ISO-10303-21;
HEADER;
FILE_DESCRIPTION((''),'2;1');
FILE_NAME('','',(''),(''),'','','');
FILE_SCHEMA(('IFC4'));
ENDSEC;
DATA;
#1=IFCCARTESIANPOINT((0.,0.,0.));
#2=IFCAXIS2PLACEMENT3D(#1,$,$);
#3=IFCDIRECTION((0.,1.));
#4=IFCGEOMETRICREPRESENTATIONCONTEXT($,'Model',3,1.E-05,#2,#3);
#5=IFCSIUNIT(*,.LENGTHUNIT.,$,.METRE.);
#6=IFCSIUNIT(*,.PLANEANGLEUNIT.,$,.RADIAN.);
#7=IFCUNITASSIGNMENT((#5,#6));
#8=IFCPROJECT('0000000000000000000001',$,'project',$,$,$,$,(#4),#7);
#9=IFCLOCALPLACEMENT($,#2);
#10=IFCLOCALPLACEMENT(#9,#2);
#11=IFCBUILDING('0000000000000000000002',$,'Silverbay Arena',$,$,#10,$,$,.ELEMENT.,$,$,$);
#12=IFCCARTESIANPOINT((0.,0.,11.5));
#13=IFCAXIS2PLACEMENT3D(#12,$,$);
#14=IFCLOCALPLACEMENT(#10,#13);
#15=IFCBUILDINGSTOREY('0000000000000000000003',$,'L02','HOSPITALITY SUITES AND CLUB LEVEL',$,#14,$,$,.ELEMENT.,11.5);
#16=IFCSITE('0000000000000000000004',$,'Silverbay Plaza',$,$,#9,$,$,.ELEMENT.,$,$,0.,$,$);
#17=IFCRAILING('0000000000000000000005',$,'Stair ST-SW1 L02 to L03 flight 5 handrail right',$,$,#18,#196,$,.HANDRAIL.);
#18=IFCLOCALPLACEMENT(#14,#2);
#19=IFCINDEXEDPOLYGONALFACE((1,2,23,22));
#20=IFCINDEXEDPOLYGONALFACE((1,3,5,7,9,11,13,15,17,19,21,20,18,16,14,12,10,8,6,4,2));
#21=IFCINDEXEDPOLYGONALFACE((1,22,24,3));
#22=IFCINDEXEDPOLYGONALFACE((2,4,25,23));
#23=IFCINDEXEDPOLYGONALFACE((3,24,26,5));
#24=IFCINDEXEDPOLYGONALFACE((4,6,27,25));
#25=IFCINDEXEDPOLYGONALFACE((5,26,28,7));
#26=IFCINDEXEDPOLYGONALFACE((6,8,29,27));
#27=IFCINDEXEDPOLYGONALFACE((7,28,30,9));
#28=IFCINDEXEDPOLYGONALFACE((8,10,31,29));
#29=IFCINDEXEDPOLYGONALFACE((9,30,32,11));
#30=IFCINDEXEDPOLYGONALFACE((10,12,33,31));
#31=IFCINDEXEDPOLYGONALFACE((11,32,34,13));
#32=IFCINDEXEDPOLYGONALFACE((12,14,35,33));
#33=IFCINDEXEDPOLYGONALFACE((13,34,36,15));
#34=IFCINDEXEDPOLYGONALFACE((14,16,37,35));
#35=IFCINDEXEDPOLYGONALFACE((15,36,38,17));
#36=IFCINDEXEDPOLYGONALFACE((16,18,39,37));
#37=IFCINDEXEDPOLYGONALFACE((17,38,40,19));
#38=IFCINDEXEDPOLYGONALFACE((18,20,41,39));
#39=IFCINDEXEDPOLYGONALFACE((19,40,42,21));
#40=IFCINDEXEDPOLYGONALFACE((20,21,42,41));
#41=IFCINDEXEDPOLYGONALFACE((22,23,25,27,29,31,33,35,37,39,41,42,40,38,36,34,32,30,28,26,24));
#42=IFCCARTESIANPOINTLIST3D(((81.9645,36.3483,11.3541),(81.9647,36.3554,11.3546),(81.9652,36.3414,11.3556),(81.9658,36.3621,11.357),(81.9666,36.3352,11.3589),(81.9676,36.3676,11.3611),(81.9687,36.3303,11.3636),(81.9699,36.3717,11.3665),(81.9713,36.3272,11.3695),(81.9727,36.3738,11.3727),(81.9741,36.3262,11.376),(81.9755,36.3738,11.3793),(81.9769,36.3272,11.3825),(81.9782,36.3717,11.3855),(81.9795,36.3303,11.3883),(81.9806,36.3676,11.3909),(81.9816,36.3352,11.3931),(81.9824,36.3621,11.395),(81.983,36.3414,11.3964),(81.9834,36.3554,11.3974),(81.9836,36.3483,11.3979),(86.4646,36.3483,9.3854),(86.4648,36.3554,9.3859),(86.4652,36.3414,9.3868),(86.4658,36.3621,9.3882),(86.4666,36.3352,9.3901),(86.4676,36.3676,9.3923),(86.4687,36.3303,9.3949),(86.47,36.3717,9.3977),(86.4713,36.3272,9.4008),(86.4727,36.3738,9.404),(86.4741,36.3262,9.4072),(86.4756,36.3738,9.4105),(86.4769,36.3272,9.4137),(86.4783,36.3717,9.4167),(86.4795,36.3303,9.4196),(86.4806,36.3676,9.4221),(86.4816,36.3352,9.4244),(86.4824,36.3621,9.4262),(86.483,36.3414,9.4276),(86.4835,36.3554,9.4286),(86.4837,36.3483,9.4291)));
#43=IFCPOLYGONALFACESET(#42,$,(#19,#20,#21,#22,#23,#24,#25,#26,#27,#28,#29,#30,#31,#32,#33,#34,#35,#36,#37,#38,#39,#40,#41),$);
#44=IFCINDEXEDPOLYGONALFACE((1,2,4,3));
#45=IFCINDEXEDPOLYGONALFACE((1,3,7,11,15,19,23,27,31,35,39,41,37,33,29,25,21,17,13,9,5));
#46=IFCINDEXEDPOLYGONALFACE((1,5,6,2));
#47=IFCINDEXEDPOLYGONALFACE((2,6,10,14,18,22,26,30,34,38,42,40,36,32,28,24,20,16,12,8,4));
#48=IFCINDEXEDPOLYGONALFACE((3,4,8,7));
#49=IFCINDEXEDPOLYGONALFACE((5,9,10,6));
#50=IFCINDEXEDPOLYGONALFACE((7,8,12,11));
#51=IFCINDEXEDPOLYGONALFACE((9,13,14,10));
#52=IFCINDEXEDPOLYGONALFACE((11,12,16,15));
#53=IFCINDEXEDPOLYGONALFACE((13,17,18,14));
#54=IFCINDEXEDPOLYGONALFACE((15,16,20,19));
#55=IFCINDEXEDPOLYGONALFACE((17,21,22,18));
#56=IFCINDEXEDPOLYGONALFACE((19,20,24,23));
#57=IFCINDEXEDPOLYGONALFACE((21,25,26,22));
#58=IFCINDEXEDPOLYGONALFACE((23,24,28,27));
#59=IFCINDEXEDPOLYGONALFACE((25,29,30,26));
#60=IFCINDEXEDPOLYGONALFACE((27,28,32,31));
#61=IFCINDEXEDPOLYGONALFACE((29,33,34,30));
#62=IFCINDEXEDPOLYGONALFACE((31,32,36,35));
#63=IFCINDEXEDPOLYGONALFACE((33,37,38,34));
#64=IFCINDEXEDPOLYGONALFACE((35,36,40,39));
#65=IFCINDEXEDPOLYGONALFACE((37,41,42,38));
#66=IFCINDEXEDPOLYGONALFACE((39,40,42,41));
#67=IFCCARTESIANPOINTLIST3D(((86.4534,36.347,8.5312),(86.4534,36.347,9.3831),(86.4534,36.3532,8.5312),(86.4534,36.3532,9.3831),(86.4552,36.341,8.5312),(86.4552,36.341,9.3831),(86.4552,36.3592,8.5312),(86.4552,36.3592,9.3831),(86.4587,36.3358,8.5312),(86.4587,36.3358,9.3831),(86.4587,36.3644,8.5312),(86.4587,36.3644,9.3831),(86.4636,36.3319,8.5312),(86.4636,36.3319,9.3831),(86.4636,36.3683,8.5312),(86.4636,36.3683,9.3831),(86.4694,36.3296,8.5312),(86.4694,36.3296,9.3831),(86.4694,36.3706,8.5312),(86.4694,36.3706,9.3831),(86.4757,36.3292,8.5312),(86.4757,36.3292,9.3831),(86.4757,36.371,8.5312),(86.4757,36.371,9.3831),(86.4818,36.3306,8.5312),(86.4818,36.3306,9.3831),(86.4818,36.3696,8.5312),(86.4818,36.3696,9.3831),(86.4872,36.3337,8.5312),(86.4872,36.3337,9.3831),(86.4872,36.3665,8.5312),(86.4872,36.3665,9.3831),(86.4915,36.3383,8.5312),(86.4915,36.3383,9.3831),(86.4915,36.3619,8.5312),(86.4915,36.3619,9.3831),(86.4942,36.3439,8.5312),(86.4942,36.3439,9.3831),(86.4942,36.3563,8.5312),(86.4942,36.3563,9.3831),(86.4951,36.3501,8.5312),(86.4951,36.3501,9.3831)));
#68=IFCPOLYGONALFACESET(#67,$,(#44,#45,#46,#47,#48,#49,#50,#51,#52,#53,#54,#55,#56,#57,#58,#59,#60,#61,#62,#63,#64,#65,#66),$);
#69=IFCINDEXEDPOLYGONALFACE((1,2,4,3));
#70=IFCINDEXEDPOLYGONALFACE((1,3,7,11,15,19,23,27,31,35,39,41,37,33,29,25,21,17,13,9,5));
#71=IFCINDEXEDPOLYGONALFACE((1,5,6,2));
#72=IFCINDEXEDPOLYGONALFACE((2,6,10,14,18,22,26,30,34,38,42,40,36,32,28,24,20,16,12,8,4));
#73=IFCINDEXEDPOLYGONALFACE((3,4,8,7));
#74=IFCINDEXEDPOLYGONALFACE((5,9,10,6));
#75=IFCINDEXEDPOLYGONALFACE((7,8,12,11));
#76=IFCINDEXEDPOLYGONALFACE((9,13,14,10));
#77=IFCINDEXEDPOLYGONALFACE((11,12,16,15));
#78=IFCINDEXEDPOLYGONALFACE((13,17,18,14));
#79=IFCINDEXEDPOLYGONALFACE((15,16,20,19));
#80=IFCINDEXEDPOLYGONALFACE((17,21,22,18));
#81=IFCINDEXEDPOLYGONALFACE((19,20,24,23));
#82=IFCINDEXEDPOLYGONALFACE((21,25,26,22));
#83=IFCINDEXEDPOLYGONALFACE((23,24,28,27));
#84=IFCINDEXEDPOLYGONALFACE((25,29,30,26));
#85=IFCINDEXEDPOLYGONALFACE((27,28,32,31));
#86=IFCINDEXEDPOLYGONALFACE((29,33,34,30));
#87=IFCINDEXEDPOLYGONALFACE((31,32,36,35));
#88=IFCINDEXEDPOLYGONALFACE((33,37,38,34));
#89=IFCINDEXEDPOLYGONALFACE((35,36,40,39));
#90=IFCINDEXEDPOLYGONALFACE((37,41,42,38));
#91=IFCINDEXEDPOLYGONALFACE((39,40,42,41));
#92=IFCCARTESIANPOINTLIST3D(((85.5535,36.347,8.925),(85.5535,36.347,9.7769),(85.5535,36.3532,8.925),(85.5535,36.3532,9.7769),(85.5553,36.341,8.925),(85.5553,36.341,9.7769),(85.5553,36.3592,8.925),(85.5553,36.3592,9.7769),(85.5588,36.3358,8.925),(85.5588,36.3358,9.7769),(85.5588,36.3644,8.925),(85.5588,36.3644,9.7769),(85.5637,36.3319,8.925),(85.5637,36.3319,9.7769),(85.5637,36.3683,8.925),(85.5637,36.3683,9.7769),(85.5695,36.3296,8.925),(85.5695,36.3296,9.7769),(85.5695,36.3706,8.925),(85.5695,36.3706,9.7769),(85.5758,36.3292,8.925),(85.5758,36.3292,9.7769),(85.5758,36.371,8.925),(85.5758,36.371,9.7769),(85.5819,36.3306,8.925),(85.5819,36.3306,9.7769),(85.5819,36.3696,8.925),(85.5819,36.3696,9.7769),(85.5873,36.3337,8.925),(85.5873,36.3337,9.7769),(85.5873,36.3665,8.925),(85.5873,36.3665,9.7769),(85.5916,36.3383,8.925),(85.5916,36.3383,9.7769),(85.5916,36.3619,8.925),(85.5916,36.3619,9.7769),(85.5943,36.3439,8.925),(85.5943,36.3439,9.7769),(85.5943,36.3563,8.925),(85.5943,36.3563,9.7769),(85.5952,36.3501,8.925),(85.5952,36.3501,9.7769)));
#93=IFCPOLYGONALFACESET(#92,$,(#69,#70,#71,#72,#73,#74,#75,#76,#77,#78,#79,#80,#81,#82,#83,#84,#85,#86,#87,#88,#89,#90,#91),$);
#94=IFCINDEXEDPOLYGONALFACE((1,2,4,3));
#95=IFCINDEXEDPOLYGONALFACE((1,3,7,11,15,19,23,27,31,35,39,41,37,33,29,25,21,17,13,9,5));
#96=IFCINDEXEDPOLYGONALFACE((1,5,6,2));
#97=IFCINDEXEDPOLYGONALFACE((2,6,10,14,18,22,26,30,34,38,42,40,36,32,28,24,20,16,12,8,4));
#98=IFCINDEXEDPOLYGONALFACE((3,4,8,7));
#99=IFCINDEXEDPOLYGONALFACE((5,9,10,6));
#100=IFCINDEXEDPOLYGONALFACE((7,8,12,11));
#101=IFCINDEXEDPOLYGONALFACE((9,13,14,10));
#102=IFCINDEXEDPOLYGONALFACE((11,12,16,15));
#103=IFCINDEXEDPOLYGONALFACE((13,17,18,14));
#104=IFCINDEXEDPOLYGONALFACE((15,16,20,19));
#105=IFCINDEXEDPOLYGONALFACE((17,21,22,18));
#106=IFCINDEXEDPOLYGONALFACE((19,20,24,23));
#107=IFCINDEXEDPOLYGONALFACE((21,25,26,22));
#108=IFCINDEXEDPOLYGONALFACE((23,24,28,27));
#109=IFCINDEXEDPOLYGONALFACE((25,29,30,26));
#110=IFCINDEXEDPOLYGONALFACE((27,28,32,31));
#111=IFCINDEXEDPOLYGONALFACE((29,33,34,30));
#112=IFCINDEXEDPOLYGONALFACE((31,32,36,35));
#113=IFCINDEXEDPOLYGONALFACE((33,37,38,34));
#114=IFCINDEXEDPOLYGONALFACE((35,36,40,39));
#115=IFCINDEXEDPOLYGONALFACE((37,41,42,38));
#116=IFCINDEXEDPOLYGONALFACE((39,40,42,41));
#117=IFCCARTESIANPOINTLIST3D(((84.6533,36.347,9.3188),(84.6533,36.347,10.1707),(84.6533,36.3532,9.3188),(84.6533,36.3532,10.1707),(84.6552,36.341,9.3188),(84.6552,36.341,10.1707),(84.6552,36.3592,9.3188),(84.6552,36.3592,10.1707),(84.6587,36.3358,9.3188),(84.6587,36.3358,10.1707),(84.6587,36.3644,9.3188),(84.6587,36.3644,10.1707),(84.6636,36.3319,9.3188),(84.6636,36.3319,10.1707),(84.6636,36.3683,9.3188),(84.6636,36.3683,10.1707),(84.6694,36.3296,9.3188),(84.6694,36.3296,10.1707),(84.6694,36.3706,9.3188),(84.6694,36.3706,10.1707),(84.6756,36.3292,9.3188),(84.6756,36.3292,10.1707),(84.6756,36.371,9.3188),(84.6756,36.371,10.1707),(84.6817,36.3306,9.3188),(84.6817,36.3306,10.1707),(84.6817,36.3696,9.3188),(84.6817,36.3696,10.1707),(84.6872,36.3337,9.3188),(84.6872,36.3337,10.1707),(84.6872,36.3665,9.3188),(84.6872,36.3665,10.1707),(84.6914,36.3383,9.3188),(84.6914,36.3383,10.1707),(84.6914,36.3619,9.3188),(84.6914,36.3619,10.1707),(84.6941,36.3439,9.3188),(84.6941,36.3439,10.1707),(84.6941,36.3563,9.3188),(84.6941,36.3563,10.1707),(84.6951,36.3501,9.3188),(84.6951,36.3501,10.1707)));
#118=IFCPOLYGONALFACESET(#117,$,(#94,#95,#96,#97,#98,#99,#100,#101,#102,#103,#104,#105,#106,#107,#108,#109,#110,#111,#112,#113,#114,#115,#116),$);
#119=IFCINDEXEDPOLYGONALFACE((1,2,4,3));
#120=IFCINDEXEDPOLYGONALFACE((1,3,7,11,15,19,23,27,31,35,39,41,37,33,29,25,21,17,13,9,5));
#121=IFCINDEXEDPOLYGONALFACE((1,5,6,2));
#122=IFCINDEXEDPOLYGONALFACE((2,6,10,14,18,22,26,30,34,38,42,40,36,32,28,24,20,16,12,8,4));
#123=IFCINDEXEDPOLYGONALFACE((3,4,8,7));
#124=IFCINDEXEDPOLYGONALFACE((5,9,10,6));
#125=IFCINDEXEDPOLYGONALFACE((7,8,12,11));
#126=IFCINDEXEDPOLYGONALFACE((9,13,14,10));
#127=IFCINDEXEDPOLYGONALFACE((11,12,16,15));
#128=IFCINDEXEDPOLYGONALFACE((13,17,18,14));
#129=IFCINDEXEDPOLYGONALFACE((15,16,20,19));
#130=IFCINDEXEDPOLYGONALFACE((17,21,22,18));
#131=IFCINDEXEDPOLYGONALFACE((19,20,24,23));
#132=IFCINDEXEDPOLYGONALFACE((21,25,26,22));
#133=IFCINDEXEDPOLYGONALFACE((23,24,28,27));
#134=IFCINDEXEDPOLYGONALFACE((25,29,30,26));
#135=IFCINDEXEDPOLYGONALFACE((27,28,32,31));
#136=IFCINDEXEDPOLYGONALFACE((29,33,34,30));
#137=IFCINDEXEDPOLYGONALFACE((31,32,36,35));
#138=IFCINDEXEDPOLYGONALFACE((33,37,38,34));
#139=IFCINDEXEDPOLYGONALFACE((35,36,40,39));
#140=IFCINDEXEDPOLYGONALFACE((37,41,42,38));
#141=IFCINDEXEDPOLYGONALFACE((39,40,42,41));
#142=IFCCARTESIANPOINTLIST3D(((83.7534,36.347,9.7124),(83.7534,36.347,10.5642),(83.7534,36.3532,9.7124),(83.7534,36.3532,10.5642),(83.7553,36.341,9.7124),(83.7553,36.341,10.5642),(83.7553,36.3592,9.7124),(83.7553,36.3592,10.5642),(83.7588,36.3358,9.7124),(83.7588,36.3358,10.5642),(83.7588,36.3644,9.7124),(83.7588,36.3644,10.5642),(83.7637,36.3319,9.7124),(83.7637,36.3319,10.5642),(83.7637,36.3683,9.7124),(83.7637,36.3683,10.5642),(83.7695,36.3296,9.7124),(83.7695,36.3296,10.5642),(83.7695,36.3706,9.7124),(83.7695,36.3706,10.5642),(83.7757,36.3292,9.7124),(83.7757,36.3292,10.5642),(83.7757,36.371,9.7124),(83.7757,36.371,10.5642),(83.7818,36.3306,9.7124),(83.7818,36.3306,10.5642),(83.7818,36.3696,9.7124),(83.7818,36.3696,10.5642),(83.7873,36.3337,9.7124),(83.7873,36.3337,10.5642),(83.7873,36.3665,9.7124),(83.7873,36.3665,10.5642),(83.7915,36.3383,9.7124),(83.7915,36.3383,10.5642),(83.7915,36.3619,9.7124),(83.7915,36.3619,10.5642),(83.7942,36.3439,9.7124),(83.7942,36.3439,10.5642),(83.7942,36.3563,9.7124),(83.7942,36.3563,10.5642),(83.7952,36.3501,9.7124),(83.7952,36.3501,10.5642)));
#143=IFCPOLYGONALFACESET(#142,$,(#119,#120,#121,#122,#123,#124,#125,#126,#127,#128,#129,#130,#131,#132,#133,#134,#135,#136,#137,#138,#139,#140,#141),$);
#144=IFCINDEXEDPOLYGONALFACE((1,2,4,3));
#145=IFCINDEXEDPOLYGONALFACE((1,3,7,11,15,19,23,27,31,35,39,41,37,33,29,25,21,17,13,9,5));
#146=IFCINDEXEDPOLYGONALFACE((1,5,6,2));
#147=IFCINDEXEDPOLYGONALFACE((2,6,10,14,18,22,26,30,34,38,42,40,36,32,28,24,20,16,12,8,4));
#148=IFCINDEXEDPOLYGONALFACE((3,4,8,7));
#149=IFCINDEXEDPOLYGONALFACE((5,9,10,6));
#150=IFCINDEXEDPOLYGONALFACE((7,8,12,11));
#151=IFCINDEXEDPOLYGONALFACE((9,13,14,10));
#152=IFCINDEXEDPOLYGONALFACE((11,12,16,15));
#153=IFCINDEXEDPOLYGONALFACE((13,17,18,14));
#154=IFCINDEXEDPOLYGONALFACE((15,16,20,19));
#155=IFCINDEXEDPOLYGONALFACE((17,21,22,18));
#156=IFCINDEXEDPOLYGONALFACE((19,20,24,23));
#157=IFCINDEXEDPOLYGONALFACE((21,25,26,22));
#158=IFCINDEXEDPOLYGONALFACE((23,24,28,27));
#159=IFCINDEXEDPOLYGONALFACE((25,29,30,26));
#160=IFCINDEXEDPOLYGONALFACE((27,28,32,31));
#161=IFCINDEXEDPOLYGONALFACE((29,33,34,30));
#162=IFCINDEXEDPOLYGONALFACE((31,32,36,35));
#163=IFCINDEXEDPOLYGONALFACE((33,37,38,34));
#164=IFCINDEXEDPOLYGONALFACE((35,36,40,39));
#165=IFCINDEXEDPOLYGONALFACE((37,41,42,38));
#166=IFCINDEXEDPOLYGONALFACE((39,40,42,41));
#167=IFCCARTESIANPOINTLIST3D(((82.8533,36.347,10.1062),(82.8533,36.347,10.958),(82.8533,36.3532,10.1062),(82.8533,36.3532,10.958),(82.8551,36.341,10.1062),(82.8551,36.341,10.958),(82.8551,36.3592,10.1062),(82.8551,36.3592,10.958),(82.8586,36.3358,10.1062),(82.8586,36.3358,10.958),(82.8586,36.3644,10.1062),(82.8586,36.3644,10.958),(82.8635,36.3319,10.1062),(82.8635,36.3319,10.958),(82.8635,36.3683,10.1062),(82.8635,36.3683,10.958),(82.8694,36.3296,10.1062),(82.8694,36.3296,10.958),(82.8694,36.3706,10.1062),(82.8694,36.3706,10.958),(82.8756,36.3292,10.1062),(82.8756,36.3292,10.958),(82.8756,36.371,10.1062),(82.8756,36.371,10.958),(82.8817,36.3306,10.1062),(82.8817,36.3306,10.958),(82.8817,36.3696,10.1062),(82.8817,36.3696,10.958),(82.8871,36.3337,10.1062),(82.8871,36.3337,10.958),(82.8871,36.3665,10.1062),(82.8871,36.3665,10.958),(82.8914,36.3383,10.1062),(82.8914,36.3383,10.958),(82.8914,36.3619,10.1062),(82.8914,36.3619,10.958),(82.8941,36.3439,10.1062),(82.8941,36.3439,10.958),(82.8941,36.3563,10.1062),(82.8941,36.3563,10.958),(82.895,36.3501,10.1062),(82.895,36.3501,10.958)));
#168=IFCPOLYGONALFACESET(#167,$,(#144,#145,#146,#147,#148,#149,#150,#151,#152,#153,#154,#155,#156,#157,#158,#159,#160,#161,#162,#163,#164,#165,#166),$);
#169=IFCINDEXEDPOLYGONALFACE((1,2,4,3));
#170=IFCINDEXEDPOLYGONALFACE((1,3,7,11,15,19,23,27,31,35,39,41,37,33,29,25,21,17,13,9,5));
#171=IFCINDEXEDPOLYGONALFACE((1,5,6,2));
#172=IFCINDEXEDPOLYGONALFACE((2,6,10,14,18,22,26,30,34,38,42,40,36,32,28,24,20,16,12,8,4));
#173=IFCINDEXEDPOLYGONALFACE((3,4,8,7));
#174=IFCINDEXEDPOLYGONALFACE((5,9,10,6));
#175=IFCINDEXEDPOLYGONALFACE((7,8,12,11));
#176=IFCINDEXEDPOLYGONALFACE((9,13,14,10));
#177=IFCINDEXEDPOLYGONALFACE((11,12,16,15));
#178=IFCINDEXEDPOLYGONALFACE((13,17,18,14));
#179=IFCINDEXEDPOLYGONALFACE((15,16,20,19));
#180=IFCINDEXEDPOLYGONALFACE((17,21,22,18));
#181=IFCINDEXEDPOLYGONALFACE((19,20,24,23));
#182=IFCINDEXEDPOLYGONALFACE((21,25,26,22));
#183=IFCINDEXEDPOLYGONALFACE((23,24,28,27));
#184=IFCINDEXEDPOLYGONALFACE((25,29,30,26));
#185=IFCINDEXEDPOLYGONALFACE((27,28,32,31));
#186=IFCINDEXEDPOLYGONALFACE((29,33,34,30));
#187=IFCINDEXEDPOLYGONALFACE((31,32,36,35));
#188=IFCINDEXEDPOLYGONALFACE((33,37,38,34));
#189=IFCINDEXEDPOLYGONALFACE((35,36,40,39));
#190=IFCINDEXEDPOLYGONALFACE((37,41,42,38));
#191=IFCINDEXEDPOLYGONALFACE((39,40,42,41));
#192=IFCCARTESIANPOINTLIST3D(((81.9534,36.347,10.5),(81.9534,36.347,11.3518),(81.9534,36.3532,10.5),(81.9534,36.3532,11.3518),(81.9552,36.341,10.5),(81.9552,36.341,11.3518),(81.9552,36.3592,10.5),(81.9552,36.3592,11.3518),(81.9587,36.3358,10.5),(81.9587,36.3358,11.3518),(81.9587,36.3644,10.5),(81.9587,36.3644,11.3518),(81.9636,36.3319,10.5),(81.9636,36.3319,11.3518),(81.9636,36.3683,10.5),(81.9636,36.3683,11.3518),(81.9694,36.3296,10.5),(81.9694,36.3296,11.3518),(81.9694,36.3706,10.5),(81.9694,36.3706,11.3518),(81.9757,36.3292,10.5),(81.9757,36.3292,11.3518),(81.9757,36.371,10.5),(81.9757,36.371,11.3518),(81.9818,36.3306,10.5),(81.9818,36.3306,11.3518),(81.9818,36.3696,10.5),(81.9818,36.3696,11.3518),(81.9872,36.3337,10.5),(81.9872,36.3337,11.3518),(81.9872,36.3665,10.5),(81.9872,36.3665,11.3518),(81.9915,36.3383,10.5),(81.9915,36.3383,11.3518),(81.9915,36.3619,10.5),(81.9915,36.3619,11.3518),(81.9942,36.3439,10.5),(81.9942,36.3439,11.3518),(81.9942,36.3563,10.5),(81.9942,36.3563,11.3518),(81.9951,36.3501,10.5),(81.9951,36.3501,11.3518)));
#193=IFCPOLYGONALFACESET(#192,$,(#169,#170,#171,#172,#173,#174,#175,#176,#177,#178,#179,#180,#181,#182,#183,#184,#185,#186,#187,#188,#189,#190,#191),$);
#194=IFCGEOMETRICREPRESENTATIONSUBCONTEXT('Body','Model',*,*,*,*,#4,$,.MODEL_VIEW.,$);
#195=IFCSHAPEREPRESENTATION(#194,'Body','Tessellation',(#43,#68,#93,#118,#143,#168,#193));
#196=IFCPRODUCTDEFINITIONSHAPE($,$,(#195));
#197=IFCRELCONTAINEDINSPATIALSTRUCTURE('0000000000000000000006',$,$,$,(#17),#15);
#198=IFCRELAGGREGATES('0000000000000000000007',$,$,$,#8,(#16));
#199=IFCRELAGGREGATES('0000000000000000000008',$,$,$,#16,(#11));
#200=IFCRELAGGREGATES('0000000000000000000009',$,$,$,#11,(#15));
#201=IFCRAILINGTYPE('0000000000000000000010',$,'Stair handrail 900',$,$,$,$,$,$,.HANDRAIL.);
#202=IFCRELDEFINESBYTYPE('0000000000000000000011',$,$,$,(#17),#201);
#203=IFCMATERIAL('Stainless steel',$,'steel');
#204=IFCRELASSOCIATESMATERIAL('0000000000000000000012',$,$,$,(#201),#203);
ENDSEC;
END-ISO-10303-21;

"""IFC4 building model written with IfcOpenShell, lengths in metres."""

from ifc_helpers import new_model, si_unit, direction, frame, origin, origin_2d, place, context, subcontext, project, spatial, circle, extrude, material, type_object, element, save


model = new_model("IFC4")

# Units and contexts
model_context = context("Model", 3, precision=1e-05, world=origin(), true_north=direction((0.0, 1.0)))
body_context = subcontext(model_context, "Body", "Model", "MODEL_VIEW")
ifc_project = project(units=[si_unit("LENGTHUNIT", "METRE"), si_unit("PLANEANGLEUNIT", "RADIAN")], contexts=[model_context])

# Site, building, storey
site_placement = place(None, origin())
site = spatial("IfcSite", under=ifc_project, at=site_placement, Name="Silverbay Plaza", CompositionType="ELEMENT", RefElevation=0.0)
building_placement = place(site_placement, origin())
building = spatial("IfcBuilding", under=site, at=building_placement, Name="Silverbay Arena", CompositionType="ELEMENT")
storey_placement = place(building_placement, frame((0.0, 0.0, 11.5)))
storey = spatial("IfcBuildingStorey", under=building, at=storey_placement, Name="L02", Description="HOSPITALITY SUITES AND CLUB LEVEL", CompositionType="ELEMENT", Elevation=11.5)

# Railing
ifc_material_1 = material(Name="Stainless steel", Category="steel")
railing_type_1 = type_object("IfcRailingType", Name="Stair handrail 900", PredefinedType="HANDRAIL", material=ifc_material_1)
for number, where, name in (
    (1, (86.4741, 36.3501, 8.5312), "Stair ST-SW1 L02 to L03 flight 5 handrail right"),
):
    element("IfcRailing", number, at=place(storey_placement, frame(where)), inside=storey, type_object=railing_type_1, Name=name, PredefinedType="HANDRAIL", context=body_context, shape_type="SweptSolid", body=[
        extrude(circle(Radius=0.0239, at=origin_2d()), frame((0.0, 0.0, 0.876), z_axis=(-0.916157, 0.0, 0.400819), x_axis=(0.0, -1.0, 0.0)), (0.0, 0.0, 1.0), 4.9119),
        extrude(circle(Radius=0.021, at=origin_2d()), origin(), (0.0, 0.0, 1.0), 0.8518),
        extrude(circle(Radius=0.021, at=origin_2d()), frame((-0.8999, 0.0, 0.3938)), (0.0, 0.0, 1.0), 0.8518),
        extrude(circle(Radius=0.021, at=origin_2d()), frame((-1.8, 0.0, 0.7876)), (0.0, 0.0, 1.0), 0.8518),
        extrude(circle(Radius=0.021, at=origin_2d()), frame((-2.7, 0.0, 1.1812)), (0.0, 0.0, 1.0), 0.8518),
        extrude(circle(Radius=0.021, at=origin_2d()), frame((-3.6001, 0.0, 1.575)), (0.0, 0.0, 1.0), 0.8518),
        extrude(circle(Radius=0.021, at=origin_2d()), frame((-4.5, 0.0, 1.9688)), (0.0, 0.0, 1.0), 0.8518),
    ])

save(model, "model.ifc")
